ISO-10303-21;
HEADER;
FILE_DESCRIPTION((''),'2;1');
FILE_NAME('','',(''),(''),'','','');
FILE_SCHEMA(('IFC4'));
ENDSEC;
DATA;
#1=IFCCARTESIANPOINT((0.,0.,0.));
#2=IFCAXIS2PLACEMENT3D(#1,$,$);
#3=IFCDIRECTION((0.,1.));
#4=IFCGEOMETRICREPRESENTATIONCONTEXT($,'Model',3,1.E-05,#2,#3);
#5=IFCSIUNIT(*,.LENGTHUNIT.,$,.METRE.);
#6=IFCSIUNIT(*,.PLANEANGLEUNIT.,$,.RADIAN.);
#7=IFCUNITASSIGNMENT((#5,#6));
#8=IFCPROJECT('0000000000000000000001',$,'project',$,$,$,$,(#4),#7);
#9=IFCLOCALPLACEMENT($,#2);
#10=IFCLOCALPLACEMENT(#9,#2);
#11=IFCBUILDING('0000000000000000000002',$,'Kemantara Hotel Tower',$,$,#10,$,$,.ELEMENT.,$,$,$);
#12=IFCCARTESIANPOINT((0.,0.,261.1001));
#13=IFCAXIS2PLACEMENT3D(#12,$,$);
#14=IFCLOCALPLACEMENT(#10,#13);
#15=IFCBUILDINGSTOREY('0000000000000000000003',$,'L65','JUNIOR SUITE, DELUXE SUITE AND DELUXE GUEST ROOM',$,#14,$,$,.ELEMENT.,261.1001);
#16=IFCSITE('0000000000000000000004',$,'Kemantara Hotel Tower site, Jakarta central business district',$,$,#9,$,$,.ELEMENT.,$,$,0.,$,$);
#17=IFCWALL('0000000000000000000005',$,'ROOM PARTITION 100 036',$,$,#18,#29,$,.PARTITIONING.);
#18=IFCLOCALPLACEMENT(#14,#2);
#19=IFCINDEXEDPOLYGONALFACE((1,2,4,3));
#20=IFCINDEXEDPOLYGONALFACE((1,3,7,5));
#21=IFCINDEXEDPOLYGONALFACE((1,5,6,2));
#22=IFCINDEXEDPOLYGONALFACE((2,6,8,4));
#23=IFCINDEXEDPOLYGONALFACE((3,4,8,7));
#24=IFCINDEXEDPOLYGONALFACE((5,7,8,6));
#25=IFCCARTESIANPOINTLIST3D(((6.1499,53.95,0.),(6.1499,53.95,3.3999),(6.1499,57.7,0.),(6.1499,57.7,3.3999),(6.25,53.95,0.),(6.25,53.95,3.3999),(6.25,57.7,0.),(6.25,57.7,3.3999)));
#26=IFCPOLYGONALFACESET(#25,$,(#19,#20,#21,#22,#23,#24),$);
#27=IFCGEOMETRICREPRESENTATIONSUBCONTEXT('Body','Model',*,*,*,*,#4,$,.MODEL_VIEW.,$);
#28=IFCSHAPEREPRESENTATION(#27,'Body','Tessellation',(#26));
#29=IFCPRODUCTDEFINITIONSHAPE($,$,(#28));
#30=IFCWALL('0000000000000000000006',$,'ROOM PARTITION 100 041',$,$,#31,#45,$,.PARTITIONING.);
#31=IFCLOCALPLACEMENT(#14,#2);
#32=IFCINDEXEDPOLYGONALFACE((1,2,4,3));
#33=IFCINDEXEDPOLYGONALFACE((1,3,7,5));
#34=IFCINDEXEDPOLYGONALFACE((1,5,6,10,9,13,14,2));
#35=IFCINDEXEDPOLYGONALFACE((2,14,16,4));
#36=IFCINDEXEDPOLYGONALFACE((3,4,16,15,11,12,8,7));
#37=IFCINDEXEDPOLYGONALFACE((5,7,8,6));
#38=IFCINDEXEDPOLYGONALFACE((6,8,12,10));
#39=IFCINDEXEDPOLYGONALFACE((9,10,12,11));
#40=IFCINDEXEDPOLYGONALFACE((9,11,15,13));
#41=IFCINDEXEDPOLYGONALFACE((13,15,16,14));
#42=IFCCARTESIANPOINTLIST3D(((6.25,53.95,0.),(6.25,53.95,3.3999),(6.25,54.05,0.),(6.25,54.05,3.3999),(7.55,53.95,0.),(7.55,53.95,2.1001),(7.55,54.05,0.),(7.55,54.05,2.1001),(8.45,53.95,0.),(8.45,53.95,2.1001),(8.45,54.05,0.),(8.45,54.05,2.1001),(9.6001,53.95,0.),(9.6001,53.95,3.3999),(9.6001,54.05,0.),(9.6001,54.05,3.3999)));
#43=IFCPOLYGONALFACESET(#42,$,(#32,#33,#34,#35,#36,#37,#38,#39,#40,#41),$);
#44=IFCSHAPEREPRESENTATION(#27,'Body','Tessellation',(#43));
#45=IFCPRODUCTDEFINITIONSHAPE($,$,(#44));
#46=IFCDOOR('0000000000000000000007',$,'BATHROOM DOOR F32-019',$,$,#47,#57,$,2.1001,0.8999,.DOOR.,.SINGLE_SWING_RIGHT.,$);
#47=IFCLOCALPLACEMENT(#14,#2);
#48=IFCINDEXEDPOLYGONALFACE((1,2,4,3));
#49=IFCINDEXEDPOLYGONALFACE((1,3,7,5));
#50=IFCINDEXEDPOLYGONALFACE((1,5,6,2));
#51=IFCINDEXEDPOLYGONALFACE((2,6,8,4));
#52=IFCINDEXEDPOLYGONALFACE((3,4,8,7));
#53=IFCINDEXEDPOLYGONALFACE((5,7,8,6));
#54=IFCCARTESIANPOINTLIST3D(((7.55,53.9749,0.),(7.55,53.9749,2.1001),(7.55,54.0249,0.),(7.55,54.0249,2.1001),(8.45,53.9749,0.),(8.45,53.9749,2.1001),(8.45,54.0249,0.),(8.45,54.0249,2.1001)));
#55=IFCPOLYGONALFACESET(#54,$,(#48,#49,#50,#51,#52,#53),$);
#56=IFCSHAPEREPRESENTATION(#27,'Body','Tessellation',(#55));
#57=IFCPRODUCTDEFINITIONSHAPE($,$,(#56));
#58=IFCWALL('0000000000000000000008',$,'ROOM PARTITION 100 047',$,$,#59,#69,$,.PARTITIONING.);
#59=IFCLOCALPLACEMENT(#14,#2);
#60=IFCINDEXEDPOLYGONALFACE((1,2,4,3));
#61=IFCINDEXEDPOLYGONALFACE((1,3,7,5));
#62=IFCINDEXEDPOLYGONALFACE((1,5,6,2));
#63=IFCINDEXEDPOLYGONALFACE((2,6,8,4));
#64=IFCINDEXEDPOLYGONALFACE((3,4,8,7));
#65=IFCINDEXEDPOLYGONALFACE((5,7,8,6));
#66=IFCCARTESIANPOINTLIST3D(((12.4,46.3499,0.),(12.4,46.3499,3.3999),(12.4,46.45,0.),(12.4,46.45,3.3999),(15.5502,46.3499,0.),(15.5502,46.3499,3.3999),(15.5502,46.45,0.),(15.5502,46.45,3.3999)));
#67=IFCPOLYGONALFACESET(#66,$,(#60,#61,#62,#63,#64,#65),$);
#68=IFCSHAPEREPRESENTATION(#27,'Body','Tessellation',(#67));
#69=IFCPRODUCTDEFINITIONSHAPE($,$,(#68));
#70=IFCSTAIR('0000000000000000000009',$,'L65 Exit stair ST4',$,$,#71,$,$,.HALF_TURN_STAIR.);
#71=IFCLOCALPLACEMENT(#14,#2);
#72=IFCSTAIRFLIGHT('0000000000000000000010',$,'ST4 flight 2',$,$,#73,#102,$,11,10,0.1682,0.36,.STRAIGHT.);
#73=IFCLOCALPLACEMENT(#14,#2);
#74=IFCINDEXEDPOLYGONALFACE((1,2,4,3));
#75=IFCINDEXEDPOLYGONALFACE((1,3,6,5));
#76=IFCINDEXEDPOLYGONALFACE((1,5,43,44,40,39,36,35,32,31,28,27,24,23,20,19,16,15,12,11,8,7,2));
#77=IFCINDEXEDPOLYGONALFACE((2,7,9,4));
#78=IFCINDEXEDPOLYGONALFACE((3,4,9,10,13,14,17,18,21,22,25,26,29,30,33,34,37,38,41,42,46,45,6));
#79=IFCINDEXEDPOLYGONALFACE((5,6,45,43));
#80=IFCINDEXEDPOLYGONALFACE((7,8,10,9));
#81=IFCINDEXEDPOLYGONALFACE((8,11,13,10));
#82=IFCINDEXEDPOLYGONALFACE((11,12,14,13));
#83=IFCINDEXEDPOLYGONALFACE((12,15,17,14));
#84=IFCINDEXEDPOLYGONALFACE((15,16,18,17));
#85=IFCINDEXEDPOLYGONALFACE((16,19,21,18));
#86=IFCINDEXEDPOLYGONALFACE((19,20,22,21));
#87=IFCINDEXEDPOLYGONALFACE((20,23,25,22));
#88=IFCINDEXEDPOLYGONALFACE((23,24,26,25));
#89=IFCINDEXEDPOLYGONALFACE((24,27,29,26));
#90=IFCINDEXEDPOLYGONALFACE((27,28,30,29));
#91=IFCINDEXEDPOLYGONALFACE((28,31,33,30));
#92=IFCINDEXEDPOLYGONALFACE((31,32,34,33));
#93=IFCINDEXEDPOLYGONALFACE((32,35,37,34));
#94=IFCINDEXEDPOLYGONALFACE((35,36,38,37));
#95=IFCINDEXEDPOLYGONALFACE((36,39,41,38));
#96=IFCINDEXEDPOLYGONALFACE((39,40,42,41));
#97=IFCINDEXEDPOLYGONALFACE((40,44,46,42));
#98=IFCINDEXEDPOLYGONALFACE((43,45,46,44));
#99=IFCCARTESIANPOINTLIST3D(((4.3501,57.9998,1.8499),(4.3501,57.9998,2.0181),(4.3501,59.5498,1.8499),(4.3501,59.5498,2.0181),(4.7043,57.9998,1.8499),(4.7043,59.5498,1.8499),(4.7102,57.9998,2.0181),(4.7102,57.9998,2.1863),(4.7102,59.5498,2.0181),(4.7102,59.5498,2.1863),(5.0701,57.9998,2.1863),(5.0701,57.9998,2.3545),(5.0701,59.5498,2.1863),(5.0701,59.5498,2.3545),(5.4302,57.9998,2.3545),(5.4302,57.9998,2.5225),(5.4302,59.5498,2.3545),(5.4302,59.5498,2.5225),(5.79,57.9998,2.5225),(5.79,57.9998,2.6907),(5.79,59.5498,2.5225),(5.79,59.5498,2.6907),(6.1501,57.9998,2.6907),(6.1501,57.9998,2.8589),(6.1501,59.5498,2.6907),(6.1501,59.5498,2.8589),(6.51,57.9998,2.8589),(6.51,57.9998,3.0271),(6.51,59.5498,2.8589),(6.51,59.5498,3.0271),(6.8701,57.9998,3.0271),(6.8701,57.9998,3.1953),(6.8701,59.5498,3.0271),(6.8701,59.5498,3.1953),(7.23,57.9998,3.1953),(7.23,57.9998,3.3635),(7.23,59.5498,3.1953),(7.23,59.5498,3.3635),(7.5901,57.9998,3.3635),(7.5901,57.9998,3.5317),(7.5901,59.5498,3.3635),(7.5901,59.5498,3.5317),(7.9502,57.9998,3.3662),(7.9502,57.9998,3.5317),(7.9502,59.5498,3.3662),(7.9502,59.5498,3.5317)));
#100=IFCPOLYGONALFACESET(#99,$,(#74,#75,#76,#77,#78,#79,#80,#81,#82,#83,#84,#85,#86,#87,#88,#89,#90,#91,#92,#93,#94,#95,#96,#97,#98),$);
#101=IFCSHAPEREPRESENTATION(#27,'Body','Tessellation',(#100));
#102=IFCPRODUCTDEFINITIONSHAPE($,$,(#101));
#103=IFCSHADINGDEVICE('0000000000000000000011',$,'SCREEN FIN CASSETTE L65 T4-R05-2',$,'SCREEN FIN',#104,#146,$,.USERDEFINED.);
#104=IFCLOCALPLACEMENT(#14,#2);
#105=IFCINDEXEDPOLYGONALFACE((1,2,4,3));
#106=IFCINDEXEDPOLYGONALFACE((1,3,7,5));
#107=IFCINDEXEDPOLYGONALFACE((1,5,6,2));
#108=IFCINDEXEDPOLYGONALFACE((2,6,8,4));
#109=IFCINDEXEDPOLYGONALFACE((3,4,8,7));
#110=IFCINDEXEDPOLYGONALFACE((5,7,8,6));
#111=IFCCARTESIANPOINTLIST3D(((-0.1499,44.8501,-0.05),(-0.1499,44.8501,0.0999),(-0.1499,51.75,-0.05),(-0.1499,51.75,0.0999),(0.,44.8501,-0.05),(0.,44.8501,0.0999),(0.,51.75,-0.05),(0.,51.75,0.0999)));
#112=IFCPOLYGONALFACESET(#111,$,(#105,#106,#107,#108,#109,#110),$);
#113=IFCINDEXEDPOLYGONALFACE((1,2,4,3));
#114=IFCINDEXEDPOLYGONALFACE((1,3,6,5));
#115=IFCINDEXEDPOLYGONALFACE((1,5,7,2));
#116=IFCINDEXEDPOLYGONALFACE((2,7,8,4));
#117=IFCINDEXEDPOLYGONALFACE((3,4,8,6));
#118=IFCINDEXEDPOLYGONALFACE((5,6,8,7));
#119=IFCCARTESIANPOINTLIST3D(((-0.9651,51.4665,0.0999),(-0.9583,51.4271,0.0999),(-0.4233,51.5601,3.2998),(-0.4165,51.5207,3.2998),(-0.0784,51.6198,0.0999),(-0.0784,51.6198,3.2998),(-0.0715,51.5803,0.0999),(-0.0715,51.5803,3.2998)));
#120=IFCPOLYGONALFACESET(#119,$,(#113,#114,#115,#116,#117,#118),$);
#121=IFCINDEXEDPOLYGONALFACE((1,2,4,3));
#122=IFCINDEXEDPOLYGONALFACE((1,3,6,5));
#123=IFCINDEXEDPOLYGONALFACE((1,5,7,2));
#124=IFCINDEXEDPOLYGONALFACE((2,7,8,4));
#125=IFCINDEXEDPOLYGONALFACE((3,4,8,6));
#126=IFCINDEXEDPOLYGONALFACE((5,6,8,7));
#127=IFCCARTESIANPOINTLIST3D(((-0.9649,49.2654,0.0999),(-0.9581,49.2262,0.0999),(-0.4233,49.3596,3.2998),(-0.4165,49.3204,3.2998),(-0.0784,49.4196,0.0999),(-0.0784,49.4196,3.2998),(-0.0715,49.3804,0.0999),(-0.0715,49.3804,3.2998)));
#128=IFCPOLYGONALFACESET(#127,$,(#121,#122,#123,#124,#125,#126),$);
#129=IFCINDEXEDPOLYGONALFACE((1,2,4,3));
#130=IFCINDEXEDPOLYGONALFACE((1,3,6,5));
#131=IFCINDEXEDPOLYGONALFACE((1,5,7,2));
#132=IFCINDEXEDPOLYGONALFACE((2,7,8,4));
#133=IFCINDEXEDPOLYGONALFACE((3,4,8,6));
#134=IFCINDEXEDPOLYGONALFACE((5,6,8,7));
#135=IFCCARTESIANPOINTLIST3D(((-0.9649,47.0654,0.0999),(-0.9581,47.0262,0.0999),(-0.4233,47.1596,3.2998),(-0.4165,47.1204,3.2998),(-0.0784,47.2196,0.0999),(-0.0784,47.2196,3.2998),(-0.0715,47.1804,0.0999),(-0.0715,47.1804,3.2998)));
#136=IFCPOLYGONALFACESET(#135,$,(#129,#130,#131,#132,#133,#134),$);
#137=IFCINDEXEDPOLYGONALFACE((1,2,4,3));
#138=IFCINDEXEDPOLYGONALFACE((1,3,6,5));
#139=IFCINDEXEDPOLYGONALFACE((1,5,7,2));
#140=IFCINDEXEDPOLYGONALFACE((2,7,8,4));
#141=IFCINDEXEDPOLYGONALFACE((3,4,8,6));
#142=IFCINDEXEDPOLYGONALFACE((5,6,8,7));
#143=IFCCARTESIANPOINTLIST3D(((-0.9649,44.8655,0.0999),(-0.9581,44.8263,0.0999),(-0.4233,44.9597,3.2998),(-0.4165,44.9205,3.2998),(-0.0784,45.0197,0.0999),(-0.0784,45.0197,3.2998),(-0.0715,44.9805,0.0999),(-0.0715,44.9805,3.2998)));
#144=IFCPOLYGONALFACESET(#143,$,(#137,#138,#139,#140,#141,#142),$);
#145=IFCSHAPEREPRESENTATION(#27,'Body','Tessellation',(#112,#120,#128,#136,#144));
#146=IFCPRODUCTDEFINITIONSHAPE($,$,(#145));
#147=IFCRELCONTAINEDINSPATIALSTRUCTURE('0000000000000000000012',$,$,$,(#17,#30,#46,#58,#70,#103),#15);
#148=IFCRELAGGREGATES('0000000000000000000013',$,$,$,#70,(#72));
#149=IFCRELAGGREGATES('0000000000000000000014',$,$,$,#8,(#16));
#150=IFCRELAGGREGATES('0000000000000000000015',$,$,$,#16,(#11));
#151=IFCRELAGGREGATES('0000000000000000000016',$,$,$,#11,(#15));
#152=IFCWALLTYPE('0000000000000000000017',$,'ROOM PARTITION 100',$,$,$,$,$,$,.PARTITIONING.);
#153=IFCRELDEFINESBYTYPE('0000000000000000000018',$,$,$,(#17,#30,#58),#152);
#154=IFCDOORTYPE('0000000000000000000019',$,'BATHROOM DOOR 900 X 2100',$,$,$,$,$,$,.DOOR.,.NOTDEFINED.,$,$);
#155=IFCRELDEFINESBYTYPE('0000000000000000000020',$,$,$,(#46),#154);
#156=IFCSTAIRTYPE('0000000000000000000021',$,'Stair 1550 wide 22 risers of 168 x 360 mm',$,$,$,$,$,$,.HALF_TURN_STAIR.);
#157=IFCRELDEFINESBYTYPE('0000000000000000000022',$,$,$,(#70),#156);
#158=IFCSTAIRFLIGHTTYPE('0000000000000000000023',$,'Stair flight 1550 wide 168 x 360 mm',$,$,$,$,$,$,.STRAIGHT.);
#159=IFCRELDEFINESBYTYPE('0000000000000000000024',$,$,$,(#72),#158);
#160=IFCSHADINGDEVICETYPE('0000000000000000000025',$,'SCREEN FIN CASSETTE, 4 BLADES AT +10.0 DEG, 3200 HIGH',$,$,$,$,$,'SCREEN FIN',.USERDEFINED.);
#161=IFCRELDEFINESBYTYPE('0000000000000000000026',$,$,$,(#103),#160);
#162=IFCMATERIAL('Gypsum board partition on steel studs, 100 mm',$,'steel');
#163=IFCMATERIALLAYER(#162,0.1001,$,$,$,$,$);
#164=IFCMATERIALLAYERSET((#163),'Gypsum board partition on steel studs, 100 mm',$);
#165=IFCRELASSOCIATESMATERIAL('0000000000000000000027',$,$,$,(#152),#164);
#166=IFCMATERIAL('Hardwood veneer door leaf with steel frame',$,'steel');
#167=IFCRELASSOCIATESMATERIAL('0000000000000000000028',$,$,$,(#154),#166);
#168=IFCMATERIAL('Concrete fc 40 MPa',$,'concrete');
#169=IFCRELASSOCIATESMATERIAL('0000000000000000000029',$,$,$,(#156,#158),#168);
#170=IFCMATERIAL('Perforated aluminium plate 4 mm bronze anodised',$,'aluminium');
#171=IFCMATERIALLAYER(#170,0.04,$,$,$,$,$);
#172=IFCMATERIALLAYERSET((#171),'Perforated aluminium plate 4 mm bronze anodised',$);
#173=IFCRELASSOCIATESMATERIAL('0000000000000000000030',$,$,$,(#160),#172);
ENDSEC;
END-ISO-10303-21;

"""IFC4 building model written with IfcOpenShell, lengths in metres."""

from ifc_helpers import new_model, si_unit, direction, frame, frame_2d, origin, origin_2d, place, context, subcontext, project, spatial, polyline, rectangle, outline, extrude, source, transform, mapped, material, layer, layer_set, type_object, element, fill, aggregate, save


model = new_model("IFC4")

# Units and contexts
model_context = context("Model", 3, precision=1e-05, world=origin(), true_north=direction((0.0, 1.0)))
body_context = subcontext(model_context, "Body", "Model", "MODEL_VIEW")
ifc_project = project(units=[si_unit("LENGTHUNIT", "METRE"), si_unit("PLANEANGLEUNIT", "RADIAN")], contexts=[model_context])

# Site, building, storey
site_placement = place(None, origin())
site = spatial("IfcSite", under=ifc_project, at=site_placement, Name="Kemantara Hotel Tower site, Jakarta central business district", CompositionType="ELEMENT", RefElevation=0.0)
building_placement = place(site_placement, origin())
building = spatial("IfcBuilding", under=site, at=building_placement, Name="Kemantara Hotel Tower", CompositionType="ELEMENT")
storey_placement = place(building_placement, frame((0.0, 0.0, 261.1001)))
storey = spatial("IfcBuildingStorey", under=building, at=storey_placement, Name="L65", Description="JUNIOR SUITE, DELUXE SUITE AND DELUXE GUEST ROOM", CompositionType="ELEMENT", Elevation=261.1001)

# Shared definitions
ifc_material_1 = material(Name="Hardwood veneer door leaf with steel frame", Category="steel")

# Shared definitions
ifc_material_2 = material(Name="Concrete fc 40 MPa", Category="concrete")

# Wall
ifc_material_3 = material(Name="Gypsum board partition on steel studs, 100 mm", Category="steel")
ifc_layer_1 = layer(ifc_material_3, 0.1001)
ifc_layer_set_1 = layer_set([ifc_layer_1], Name="Gypsum board partition on steel studs, 100 mm")
wall_type_1 = type_object("IfcWallType", Name="ROOM PARTITION 100", PredefinedType="PARTITIONING", material=ifc_layer_set_1)
wall_1_placement = place(storey_placement, frame((6.2, 53.95, 0.0), z_axis=(0.0, 0.0, 1.0), x_axis=(0.0, 1.0, 0.0)))
element("IfcWall", 1, at=wall_1_placement, inside=storey, type_object=wall_type_1, Name="ROOM PARTITION 100 036", PredefinedType="PARTITIONING", context=body_context, shape_type="SweptSolid", body=[
    extrude(rectangle(XDim=3.75, YDim=0.1001, at=frame_2d((1.875, 0.0))), origin(), (0.0, 0.0, 1.0), 3.3999),
])

# Wall, opening, door
wall_2_placement = place(storey_placement, frame((6.25, 54.0, 0.0), z_axis=(0.0, 0.0, 1.0), x_axis=(1.0, 0.0, 0.0)))
wall_2 = element("IfcWall", 2, at=wall_2_placement, inside=storey, type_object=wall_type_1, Name="ROOM PARTITION 100 041", PredefinedType="PARTITIONING", context=body_context, shape_type="SweptSolid", body=[
    extrude(rectangle(XDim=3.3501, YDim=0.1001, at=frame_2d((1.675, 0.0))), origin(), (0.0, 0.0, 1.0), 3.3999),
])
opening_1_placement = place(wall_2_placement, frame((1.3, 0.0, 0.0)))
opening_1 = element("IfcOpeningElement", 3, at=opening_1_placement, cuts=wall_2, PredefinedType="OPENING", context=body_context, shape_type="SweptSolid", body=[
    extrude(rectangle(XDim=0.8999, YDim=2.1001, at=frame_2d((0.45, 1.05))), frame((0.0, 0.0601, 0.0), z_axis=(0.0, -1.0, 0.0), x_axis=(1.0, 0.0, 0.0)), (0.0, 0.0, 1.0), 0.1201),
])
door_type_1 = type_object("IfcDoorType", Name="BATHROOM DOOR 900 X 2100", OperationType="NOTDEFINED", PredefinedType="DOOR", material=ifc_material_1)
door_1_placement = place(opening_1_placement, origin())
door_1 = element("IfcDoor", 4, at=door_1_placement, inside=storey, type_object=door_type_1, Name="BATHROOM DOOR F32-019", OperationType="SINGLE_SWING_RIGHT", OverallHeight=2.1001, OverallWidth=0.8999, PredefinedType="DOOR", context=body_context, shape_type="SweptSolid", body=[
    extrude(rectangle(XDim=0.8999, YDim=2.1001, at=frame_2d((0.45, 1.05))), frame((0.0, 0.0249, 0.0), z_axis=(0.0, -1.0, 0.0), x_axis=(1.0, 0.0, 0.0)), (0.0, 0.0, 1.0), 0.05),
])
fill(opening_1, door_1)

# Wall
wall_3_placement = place(storey_placement, frame((12.3999, 46.3999, 0.0), z_axis=(0.0, 0.0, 1.0), x_axis=(1.0, 0.0, 0.0)))
element("IfcWall", 5, at=wall_3_placement, inside=storey, type_object=wall_type_1, Name="ROOM PARTITION 100 047", PredefinedType="PARTITIONING", context=body_context, shape_type="SweptSolid", body=[
    extrude(rectangle(XDim=3.1501, YDim=0.1001, at=frame_2d((1.5752, 0.0))), origin(), (0.0, 0.0, 1.0), 3.3999),
])

# Stair, stair flight
stair_type = type_object("IfcStairType", Name="Stair 1550 wide 22 risers of 168 x 360 mm", PredefinedType="HALF_TURN_STAIR", material=ifc_material_2)
stair_placement = place(storey_placement, origin())
stair = element("IfcStair", 6, at=stair_placement, inside=storey, type_object=stair_type, Name="L65 Exit stair ST4", PredefinedType="HALF_TURN_STAIR")
stair_flight_type = type_object("IfcStairFlightType", Name="Stair flight 1550 wide 168 x 360 mm", PredefinedType="STRAIGHT", material=ifc_material_2)
stair_flight_placement = place(storey_placement, frame((4.3501, 58.7749, 1.8499), z_axis=(0.0, 0.0, 1.0), x_axis=(1.0, 0.0, 0.0)))
stair_flight = element("IfcStairFlight", 7, at=stair_flight_placement, type_object=stair_flight_type, Name="ST4 flight 2", NumberOfRisers=11, NumberOfTreads=10, PredefinedType="STRAIGHT", RiserHeight=0.1682, TreadLength=0.36, context=body_context, shape_type="SweptSolid", body=[
    extrude(outline(polyline([(0.0, 0.0), (0.0, 0.1682), (0.3601, 0.1682), (0.3601, 0.3364), (0.72, 0.3364), (0.72, 0.5046), (1.0801, 0.5046), (1.0801, 0.6726), (1.4399, 0.6726), (1.4399, 0.8408), (1.8, 0.8408), (1.8, 1.009), (2.1599, 1.009), (2.1599, 1.1772), (2.52, 1.1772), (2.52, 1.3455), (2.8799, 1.3455), (2.8799, 1.5137), (3.24, 1.5137), (3.24, 1.6819), (3.6001, 1.6819), (3.6001, 1.8501), (3.6001, 1.5164), (0.3542, 0.0), (0.0, 0.0)])), frame((0.0, 0.7749, 0.0), z_axis=(0.0, -1.0, 0.0), x_axis=(1.0, 0.0, 0.0)), (0.0, 0.0, 1.0), 1.55),
])
aggregate(stair, [stair_flight])

# Shading device
ifc_material_4 = material(Name="Perforated aluminium plate 4 mm bronze anodised", Category="aluminium")
ifc_layer_2 = layer(ifc_material_4, 0.04)
ifc_layer_set_2 = layer_set([ifc_layer_2], Name="Perforated aluminium plate 4 mm bronze anodised")
shading_device_type_1 = type_object("IfcShadingDeviceType", Name="SCREEN FIN CASSETTE, 4 BLADES AT +10.0 DEG, 3200 HIGH", ElementType="SCREEN FIN", PredefinedType="USERDEFINED", material=ifc_layer_set_2)
shared_shape_1 = source(origin(), body_context, "Body", "SweptSolid", [
    extrude(rectangle(XDim=6.8999, YDim=0.1499, at=origin_2d()), frame((3.3, -0.075, -0.1499), z_axis=(0.0, 0.0, 1.0), x_axis=(1.0, 0.0, 0.0)), (0.0, 0.0, 1.0), 0.1499),
    extrude(outline(polyline([(0.0, 0.0), (0.8999, 0.0), (0.3501, 3.2), (0.0, 3.2), (0.0, 0.0)])), frame((0.0198, -0.0715, 0.0), z_axis=(-0.98539, -0.170314, 0.0), x_axis=(0.170314, -0.98539, 0.0)), (0.0, 0.0, 1.0), 0.04),
    extrude(outline(polyline([(0.0, 0.0), (0.8999, 0.0), (0.3501, 3.2), (0.0, 3.2), (0.0, 0.0)])), frame((2.2197, -0.0715, 0.0), z_axis=(-0.985212, -0.171341, 0.0), x_axis=(0.171341, -0.985212, 0.0)), (0.0, 0.0, 1.0), 0.0398),
    extrude(outline(polyline([(0.0, 0.0), (0.8999, 0.0), (0.3501, 3.2), (0.0, 3.2), (0.0, 0.0)])), frame((4.4197, -0.0715, 0.0), z_axis=(-0.985212, -0.171341, 0.0), x_axis=(0.171341, -0.985212, 0.0)), (0.0, 0.0, 1.0), 0.0398),
    extrude(outline(polyline([(0.0, 0.0), (0.8999, 0.0), (0.3501, 3.2), (0.0, 3.2), (0.0, 0.0)])), frame((6.6196, -0.0715, 0.0), z_axis=(-0.985212, -0.171341, 0.0), x_axis=(0.171341, -0.985212, 0.0)), (0.0, 0.0, 1.0), 0.0398),
])
shading_device_1_placement = place(storey_placement, frame((0.0, 51.6001, 0.0999), z_axis=(0.0, 0.0, 1.0), x_axis=(0.0, -1.0, 0.0)))
element("IfcShadingDevice", 8, at=shading_device_1_placement, inside=storey, type_object=shading_device_type_1, Name="SCREEN FIN CASSETTE L65 T4-R05-2", ObjectType="SCREEN FIN", PredefinedType="USERDEFINED", context=body_context, shape_type="MappedRepresentation", body=[
    mapped(shared_shape_1, transform((0.0, 0.0, 0.0))),
])

save(model, "model.ifc")
